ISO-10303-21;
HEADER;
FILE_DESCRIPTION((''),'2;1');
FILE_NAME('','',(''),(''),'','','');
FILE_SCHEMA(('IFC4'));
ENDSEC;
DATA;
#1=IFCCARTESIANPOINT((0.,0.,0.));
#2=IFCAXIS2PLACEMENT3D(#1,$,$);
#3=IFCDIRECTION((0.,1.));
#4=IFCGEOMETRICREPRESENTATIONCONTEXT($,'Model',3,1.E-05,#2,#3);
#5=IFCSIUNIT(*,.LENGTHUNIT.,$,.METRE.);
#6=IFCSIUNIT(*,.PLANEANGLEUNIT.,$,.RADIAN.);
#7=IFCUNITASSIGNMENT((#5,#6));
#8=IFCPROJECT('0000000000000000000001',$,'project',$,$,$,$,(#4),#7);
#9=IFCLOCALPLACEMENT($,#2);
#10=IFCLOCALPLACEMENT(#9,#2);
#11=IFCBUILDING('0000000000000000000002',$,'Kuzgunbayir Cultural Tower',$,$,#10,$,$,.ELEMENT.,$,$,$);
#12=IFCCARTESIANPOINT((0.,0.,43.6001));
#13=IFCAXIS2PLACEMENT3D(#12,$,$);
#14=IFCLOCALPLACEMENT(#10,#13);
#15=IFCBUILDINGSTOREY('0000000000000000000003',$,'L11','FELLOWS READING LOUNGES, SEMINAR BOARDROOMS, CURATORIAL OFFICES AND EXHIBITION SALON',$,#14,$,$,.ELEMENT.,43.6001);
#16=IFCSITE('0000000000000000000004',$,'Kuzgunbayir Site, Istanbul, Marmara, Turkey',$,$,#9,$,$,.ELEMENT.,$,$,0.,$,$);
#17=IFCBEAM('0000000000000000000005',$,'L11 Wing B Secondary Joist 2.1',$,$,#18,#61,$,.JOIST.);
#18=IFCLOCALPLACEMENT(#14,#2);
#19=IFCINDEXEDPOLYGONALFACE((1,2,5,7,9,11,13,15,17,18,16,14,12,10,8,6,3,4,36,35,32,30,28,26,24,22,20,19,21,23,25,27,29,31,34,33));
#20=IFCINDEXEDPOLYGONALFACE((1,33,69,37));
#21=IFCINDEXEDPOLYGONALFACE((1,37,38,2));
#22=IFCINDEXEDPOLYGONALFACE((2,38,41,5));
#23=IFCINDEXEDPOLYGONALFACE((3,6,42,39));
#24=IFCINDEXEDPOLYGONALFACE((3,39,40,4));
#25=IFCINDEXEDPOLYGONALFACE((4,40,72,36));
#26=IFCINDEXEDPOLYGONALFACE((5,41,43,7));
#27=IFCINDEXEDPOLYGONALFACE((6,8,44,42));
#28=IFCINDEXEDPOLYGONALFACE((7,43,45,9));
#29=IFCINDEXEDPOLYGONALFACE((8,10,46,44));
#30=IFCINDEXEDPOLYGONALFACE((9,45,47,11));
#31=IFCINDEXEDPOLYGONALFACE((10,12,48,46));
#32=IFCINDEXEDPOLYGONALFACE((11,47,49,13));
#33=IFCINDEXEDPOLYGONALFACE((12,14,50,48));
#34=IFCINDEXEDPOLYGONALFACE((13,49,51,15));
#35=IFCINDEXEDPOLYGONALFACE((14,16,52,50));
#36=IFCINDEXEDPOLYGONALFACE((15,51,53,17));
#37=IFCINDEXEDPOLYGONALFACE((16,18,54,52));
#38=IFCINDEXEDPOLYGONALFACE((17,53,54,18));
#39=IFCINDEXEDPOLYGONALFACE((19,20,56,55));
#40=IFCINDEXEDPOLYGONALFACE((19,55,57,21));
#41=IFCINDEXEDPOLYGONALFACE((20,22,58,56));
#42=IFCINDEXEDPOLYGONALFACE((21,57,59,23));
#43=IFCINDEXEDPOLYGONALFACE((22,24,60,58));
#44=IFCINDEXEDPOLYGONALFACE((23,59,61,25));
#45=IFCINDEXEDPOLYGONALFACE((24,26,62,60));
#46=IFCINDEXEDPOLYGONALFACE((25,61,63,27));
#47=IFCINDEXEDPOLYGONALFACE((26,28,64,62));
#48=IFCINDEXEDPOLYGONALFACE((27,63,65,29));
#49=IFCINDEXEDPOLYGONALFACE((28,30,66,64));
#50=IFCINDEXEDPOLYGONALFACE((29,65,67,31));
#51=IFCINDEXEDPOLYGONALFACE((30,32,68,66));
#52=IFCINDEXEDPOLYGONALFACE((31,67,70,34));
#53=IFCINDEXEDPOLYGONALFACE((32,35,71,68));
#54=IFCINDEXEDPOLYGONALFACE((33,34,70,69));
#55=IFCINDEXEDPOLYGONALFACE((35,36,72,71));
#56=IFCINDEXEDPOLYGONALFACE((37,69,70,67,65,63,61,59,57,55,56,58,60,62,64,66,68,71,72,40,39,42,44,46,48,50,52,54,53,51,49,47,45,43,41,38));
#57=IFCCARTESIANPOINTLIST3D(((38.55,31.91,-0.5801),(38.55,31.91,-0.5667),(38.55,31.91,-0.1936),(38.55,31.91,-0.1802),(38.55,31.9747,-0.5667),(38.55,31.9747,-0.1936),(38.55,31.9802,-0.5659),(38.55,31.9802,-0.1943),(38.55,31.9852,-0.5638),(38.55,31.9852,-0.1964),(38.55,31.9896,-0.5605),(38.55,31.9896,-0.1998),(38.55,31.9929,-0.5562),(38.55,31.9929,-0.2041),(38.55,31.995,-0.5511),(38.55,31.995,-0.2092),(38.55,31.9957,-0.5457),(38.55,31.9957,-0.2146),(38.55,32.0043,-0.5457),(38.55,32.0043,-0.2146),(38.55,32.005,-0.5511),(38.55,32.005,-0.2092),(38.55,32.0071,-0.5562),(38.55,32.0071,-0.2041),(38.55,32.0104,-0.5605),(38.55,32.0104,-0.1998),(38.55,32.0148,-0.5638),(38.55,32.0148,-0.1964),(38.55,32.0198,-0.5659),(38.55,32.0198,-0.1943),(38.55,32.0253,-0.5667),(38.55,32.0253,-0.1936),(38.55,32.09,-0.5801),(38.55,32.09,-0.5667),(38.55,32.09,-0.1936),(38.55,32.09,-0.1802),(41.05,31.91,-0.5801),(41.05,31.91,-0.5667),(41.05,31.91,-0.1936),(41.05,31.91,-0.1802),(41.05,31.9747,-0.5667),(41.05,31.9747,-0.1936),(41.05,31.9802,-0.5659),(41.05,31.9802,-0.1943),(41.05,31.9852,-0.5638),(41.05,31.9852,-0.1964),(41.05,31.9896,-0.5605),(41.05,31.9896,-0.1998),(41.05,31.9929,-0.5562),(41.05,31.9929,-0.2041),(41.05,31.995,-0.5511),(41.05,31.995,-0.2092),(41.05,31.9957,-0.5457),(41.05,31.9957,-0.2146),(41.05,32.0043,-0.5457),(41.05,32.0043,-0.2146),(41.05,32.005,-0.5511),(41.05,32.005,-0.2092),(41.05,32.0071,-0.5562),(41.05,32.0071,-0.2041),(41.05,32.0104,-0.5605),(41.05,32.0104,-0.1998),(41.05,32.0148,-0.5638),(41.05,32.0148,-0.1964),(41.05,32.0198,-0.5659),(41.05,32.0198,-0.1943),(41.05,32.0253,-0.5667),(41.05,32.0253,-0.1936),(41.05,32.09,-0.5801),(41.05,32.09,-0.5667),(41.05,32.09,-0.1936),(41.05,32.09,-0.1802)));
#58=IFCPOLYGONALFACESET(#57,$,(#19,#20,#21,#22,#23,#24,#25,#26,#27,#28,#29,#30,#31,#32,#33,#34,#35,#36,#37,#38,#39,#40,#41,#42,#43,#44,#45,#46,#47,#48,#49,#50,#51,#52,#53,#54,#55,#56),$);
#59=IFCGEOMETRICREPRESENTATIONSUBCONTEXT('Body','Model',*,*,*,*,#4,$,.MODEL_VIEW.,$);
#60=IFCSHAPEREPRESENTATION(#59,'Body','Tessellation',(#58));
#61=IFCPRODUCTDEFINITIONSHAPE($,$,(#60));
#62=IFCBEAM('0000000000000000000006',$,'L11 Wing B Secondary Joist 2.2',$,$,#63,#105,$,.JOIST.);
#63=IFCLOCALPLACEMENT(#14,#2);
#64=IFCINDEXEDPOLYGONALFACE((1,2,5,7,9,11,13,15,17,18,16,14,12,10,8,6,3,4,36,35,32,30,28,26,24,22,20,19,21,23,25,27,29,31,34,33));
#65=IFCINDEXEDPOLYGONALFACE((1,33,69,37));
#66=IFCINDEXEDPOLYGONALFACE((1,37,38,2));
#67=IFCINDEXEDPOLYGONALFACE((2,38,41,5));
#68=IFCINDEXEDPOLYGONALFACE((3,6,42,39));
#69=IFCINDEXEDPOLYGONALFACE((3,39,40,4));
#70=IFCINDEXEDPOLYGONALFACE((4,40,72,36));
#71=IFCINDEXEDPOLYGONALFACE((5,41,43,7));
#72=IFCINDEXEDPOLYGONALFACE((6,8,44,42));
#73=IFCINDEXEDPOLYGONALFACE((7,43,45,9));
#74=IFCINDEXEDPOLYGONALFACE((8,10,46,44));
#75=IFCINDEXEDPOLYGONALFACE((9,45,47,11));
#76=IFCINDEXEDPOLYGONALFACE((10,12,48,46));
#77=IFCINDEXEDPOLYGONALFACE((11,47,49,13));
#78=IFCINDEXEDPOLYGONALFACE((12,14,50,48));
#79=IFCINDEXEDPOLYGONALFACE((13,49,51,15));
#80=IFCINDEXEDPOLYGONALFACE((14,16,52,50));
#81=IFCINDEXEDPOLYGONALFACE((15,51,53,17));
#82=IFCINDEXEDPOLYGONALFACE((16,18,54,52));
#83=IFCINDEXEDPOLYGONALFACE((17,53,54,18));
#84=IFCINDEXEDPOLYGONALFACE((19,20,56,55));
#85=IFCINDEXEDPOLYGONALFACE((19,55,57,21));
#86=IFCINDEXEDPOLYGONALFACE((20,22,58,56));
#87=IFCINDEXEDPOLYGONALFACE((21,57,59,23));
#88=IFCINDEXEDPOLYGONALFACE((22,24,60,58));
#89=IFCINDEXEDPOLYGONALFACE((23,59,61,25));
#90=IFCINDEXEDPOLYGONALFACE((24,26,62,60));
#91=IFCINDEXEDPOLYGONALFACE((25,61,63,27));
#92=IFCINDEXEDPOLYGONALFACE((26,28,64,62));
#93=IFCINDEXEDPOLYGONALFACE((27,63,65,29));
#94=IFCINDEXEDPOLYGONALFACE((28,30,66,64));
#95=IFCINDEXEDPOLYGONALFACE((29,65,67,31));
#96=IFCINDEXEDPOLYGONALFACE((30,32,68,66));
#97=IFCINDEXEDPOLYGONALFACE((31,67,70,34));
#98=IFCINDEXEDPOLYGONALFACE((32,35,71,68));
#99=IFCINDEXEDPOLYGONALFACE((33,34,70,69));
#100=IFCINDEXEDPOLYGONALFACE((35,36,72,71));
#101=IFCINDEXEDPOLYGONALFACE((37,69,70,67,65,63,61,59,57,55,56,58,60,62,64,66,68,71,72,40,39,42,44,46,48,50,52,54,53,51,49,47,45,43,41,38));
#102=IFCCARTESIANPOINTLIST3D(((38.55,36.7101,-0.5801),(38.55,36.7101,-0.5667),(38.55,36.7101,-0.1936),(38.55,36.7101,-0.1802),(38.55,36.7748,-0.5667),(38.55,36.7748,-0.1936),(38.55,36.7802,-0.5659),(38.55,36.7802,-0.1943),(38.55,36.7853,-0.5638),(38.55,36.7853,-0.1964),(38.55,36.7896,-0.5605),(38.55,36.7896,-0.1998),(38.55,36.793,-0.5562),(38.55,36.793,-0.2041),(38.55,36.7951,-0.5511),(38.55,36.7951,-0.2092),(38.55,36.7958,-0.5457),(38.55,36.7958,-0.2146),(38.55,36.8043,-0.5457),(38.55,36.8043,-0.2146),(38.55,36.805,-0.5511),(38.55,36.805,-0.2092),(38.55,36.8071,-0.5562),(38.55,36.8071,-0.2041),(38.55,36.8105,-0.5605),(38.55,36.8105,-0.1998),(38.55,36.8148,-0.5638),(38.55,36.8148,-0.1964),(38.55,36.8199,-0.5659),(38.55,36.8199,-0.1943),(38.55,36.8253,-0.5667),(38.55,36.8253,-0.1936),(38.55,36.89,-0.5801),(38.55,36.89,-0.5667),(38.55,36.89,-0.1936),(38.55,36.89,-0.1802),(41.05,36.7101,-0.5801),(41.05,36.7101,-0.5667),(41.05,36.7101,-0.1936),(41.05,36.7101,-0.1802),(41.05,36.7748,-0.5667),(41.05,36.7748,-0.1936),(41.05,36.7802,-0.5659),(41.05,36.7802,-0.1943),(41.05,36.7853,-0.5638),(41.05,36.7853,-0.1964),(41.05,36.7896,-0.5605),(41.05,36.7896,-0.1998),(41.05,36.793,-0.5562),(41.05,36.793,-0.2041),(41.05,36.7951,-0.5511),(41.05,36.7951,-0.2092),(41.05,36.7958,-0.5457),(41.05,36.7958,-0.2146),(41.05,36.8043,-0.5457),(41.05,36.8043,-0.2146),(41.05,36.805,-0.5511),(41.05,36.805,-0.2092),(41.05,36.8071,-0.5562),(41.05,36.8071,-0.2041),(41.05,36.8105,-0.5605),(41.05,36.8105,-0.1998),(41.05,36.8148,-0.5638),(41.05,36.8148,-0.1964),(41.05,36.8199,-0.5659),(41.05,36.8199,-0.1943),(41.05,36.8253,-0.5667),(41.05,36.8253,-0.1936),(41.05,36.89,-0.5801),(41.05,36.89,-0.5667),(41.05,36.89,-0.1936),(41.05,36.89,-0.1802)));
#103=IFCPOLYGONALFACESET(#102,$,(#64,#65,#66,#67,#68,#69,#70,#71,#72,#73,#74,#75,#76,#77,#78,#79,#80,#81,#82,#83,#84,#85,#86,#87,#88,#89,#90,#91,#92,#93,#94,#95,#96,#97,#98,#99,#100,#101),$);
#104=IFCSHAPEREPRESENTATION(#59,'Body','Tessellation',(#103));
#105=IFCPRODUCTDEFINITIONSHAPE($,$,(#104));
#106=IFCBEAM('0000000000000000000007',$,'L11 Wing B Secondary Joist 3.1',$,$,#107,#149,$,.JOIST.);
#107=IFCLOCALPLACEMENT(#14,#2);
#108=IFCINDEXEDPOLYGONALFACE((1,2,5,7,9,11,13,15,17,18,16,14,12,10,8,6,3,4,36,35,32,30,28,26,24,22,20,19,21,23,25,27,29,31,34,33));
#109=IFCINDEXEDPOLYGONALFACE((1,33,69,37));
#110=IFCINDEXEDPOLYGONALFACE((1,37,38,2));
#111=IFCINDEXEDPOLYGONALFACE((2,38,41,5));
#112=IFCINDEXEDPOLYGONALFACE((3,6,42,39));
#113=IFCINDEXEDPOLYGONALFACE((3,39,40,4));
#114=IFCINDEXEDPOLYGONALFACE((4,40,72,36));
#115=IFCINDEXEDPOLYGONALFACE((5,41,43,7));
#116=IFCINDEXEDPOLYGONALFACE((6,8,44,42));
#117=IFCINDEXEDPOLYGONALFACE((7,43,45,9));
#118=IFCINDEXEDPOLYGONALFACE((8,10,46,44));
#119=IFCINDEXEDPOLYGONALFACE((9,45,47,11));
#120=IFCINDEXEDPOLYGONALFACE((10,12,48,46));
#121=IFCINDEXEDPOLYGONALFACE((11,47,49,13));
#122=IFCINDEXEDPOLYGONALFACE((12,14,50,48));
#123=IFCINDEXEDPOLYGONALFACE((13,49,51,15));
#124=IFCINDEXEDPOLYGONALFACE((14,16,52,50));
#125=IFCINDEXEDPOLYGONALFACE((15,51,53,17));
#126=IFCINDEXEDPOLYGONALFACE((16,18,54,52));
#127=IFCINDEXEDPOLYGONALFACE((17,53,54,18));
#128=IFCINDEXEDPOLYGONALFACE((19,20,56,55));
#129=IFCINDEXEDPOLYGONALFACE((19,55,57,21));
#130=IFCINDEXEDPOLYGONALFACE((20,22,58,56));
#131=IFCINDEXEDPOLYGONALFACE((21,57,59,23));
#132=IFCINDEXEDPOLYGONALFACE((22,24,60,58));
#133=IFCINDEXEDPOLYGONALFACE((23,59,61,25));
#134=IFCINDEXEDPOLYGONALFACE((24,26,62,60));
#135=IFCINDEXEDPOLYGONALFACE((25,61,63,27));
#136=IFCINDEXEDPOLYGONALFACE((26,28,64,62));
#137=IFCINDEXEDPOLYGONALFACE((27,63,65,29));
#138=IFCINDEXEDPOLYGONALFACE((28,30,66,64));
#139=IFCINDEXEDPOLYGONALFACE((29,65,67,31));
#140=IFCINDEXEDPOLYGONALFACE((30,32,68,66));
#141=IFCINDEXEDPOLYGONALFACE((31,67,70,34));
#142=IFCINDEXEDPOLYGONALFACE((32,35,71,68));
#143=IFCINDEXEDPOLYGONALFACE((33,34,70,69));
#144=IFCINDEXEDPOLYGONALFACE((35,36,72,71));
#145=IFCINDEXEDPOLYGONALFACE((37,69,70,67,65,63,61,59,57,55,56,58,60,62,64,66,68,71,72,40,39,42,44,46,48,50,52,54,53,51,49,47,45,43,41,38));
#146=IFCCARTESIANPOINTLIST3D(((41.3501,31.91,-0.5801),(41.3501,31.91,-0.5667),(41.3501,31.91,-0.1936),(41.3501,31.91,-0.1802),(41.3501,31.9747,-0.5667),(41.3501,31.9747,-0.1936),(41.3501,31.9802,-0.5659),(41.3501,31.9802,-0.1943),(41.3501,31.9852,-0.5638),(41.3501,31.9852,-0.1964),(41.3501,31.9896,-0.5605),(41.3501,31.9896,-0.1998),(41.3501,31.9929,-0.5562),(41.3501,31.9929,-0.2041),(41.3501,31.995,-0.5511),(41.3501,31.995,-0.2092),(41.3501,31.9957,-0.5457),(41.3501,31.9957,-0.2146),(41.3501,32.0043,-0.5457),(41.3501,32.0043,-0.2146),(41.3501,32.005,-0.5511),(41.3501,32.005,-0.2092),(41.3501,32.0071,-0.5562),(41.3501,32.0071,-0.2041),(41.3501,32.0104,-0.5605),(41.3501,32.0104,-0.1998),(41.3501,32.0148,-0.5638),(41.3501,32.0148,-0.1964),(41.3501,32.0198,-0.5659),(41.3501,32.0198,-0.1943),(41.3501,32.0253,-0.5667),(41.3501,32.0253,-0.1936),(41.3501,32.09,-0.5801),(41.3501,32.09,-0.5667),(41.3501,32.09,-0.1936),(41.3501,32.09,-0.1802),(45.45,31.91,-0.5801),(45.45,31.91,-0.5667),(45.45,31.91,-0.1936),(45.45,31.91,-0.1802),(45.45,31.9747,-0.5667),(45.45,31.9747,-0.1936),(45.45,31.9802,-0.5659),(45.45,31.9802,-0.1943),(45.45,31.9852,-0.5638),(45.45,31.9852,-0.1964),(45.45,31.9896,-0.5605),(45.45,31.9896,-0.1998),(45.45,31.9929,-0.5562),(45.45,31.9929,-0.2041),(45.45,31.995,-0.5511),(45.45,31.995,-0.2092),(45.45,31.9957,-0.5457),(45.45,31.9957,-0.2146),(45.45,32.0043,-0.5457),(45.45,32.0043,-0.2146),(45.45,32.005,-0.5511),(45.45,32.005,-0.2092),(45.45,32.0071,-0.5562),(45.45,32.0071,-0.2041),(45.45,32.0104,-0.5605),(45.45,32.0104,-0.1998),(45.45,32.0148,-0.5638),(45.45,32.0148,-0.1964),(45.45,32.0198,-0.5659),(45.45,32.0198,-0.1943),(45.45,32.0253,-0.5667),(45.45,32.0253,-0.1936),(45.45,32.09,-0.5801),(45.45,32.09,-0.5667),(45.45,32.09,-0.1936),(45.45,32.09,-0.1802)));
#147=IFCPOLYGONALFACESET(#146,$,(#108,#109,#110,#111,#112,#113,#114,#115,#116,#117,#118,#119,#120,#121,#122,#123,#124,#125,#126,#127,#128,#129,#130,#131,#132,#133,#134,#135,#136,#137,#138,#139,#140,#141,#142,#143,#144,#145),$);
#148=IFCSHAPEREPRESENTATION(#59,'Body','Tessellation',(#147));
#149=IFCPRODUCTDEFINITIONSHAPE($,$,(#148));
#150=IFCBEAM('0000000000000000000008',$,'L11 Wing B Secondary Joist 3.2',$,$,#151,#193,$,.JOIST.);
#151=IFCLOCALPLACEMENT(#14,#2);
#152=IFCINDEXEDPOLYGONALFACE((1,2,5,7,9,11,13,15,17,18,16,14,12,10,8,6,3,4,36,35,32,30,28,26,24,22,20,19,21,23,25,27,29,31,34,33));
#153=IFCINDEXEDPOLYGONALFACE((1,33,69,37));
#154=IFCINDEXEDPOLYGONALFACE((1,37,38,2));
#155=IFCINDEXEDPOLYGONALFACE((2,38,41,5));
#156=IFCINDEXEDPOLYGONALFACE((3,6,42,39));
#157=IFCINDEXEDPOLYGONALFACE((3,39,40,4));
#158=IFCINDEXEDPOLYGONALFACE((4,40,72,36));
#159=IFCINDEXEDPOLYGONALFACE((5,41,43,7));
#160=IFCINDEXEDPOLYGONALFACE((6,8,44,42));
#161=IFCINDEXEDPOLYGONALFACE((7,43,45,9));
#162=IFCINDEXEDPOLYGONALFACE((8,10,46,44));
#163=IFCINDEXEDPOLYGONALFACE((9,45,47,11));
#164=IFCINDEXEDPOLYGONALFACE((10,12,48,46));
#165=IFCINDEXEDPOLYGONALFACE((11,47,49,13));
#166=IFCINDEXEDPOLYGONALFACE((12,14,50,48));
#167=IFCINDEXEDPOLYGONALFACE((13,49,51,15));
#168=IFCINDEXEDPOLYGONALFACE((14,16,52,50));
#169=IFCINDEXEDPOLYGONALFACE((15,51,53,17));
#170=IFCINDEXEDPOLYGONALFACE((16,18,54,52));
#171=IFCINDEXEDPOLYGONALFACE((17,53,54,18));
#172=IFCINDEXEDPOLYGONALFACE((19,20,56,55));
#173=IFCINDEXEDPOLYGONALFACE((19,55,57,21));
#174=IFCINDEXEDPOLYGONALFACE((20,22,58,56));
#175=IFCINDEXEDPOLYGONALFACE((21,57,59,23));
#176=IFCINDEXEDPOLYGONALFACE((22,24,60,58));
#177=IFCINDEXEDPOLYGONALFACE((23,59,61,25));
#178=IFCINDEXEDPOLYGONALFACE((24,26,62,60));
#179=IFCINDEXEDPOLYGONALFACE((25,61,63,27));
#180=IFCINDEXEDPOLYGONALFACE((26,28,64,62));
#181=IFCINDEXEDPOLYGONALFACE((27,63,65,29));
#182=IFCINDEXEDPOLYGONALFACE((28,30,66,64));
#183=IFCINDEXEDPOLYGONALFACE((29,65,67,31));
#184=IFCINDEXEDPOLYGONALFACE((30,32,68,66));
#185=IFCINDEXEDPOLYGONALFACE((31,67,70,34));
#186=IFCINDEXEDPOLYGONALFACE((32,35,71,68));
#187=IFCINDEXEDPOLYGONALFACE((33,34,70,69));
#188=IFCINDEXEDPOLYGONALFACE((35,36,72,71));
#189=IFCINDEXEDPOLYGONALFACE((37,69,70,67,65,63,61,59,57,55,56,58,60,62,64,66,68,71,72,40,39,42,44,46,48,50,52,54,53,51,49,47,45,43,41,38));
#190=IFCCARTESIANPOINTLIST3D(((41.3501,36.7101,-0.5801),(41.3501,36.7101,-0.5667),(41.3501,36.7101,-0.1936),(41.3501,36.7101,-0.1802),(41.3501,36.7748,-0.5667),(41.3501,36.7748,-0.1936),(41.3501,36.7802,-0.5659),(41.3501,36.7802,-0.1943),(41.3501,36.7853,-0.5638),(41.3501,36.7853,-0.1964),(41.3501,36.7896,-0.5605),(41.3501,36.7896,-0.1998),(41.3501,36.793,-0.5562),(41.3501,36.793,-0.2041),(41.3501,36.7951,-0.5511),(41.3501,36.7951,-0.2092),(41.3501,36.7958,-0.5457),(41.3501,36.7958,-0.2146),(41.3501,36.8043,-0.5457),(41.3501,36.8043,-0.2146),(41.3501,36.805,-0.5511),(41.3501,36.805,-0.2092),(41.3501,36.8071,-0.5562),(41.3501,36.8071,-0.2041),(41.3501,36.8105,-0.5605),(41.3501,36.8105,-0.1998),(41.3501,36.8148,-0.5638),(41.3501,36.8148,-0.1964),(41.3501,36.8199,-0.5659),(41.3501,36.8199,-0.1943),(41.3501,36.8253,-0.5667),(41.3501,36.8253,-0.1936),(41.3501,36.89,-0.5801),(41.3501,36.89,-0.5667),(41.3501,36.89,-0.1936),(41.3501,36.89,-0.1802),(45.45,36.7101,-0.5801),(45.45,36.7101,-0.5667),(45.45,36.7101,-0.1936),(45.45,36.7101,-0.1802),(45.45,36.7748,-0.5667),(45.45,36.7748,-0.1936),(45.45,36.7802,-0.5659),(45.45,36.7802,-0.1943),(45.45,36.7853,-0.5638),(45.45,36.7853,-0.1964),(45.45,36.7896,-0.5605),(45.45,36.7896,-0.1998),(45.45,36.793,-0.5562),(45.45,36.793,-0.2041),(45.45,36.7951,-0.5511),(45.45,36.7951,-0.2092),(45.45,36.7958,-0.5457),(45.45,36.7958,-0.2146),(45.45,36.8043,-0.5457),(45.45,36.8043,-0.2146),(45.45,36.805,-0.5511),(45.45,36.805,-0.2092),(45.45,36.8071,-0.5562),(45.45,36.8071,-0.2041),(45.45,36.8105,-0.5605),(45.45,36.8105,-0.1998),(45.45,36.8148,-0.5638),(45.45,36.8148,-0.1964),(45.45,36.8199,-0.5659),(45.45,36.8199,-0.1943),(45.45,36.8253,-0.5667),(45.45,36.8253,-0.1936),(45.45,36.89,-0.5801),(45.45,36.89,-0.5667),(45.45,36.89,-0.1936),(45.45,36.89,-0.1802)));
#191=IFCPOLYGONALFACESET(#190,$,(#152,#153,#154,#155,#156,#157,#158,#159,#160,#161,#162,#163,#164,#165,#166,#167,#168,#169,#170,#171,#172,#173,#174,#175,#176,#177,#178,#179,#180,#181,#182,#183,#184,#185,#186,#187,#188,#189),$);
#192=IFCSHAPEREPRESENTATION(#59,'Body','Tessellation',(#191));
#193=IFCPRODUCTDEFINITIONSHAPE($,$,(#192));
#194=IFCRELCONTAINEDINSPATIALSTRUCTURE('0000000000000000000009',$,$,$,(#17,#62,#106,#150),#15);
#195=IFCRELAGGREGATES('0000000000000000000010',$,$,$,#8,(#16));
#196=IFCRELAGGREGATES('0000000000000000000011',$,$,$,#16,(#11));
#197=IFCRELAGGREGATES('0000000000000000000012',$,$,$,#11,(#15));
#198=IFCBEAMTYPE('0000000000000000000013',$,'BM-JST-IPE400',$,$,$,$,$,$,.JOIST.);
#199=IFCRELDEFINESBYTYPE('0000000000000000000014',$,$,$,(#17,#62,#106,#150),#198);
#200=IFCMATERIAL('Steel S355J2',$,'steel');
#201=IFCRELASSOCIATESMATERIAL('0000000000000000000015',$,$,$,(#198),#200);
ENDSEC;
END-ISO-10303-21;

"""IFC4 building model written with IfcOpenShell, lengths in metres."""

from ifc_helpers import new_model, si_unit, direction, frame, origin, origin_2d, place, context, subcontext, project, spatial, i_section, extrude, material, material_profile, profile_set, type_object, element, save


model = new_model("IFC4")

# Units and contexts
model_context = context("Model", 3, precision=1e-05, world=origin(), true_north=direction((0.0, 1.0)))
body_context = subcontext(model_context, "Body", "Model", "MODEL_VIEW")
ifc_project = project(units=[si_unit("LENGTHUNIT", "METRE"), si_unit("PLANEANGLEUNIT", "RADIAN")], contexts=[model_context])

# Site, building, storey
site_placement = place(None, origin())
site = spatial("IfcSite", under=ifc_project, at=site_placement, Name="Kuzgunbayir Site, Istanbul, Marmara, Turkey", CompositionType="ELEMENT", RefElevation=0.0)
building_placement = place(site_placement, origin())
building = spatial("IfcBuilding", under=site, at=building_placement, Name="Kuzgunbayir Cultural Tower", CompositionType="ELEMENT")
storey_placement = place(building_placement, frame((0.0, 0.0, 43.6001)))
storey = spatial("IfcBuildingStorey", under=building, at=storey_placement, Name="L11", Description="FELLOWS READING LOUNGES, SEMINAR BOARDROOMS, CURATORIAL OFFICES AND EXHIBITION SALON", CompositionType="ELEMENT", Elevation=43.6001)

# Beams
ifc_material_1 = material(Name="Steel S355J2", Category="steel")
ifc_material_profile_1 = material_profile(ifc_material_1, i_section(OverallWidth=0.1799, OverallDepth=0.3999, WebThickness=0.0085, FlangeThickness=0.0134, FilletRadius=0.021, at=origin_2d()), Name="IPE 400")
ifc_profile_set_1 = profile_set([ifc_material_profile_1], Name="Steel S355J2")
beam_type_1 = type_object("IfcBeamType", Name="BM-JST-IPE400", PredefinedType="JOIST", material=ifc_profile_set_1)
for number, where, z_axis, x_axis, name in (
    (1, (38.55, 32.0, -0.3801), (1.0, 0.0, 0.0), (0.0, 1.0, 0.0), "L11 Wing B Secondary Joist 2.1"),
    (2, (38.55, 36.8, -0.3801), (1.0, 0.0, 0.0), (0.0, 1.0, 0.0), "L11 Wing B Secondary Joist 2.2"),
):
    element("IfcBeam", number, at=place(storey_placement, frame(where, z_axis=z_axis, x_axis=x_axis)), inside=storey, type_object=beam_type_1, Name=name, PredefinedType="JOIST", context=body_context, shape_type="SweptSolid", body=[
        extrude(i_section(OverallWidth=0.1799, OverallDepth=0.3999, WebThickness=0.0085, FlangeThickness=0.0134, FilletRadius=0.021, at=origin_2d()), origin(), (0.0, 0.0, 1.0), 2.5),
    ])
for number, where, z_axis, x_axis, name in (
    (3, (41.3501, 32.0, -0.3801), (1.0, 0.0, 0.0), (0.0, 1.0, 0.0), "L11 Wing B Secondary Joist 3.1"),
    (4, (41.3501, 36.8, -0.3801), (1.0, 0.0, 0.0), (0.0, 1.0, 0.0), "L11 Wing B Secondary Joist 3.2"),
):
    element("IfcBeam", number, at=place(storey_placement, frame(where, z_axis=z_axis, x_axis=x_axis)), inside=storey, type_object=beam_type_1, Name=name, PredefinedType="JOIST", context=body_context, shape_type="SweptSolid", body=[
        extrude(i_section(OverallWidth=0.1799, OverallDepth=0.3999, WebThickness=0.0085, FlangeThickness=0.0134, FilletRadius=0.021, at=origin_2d()), origin(), (0.0, 0.0, 1.0), 4.0999),
    ])

save(model, "model.ifc")
